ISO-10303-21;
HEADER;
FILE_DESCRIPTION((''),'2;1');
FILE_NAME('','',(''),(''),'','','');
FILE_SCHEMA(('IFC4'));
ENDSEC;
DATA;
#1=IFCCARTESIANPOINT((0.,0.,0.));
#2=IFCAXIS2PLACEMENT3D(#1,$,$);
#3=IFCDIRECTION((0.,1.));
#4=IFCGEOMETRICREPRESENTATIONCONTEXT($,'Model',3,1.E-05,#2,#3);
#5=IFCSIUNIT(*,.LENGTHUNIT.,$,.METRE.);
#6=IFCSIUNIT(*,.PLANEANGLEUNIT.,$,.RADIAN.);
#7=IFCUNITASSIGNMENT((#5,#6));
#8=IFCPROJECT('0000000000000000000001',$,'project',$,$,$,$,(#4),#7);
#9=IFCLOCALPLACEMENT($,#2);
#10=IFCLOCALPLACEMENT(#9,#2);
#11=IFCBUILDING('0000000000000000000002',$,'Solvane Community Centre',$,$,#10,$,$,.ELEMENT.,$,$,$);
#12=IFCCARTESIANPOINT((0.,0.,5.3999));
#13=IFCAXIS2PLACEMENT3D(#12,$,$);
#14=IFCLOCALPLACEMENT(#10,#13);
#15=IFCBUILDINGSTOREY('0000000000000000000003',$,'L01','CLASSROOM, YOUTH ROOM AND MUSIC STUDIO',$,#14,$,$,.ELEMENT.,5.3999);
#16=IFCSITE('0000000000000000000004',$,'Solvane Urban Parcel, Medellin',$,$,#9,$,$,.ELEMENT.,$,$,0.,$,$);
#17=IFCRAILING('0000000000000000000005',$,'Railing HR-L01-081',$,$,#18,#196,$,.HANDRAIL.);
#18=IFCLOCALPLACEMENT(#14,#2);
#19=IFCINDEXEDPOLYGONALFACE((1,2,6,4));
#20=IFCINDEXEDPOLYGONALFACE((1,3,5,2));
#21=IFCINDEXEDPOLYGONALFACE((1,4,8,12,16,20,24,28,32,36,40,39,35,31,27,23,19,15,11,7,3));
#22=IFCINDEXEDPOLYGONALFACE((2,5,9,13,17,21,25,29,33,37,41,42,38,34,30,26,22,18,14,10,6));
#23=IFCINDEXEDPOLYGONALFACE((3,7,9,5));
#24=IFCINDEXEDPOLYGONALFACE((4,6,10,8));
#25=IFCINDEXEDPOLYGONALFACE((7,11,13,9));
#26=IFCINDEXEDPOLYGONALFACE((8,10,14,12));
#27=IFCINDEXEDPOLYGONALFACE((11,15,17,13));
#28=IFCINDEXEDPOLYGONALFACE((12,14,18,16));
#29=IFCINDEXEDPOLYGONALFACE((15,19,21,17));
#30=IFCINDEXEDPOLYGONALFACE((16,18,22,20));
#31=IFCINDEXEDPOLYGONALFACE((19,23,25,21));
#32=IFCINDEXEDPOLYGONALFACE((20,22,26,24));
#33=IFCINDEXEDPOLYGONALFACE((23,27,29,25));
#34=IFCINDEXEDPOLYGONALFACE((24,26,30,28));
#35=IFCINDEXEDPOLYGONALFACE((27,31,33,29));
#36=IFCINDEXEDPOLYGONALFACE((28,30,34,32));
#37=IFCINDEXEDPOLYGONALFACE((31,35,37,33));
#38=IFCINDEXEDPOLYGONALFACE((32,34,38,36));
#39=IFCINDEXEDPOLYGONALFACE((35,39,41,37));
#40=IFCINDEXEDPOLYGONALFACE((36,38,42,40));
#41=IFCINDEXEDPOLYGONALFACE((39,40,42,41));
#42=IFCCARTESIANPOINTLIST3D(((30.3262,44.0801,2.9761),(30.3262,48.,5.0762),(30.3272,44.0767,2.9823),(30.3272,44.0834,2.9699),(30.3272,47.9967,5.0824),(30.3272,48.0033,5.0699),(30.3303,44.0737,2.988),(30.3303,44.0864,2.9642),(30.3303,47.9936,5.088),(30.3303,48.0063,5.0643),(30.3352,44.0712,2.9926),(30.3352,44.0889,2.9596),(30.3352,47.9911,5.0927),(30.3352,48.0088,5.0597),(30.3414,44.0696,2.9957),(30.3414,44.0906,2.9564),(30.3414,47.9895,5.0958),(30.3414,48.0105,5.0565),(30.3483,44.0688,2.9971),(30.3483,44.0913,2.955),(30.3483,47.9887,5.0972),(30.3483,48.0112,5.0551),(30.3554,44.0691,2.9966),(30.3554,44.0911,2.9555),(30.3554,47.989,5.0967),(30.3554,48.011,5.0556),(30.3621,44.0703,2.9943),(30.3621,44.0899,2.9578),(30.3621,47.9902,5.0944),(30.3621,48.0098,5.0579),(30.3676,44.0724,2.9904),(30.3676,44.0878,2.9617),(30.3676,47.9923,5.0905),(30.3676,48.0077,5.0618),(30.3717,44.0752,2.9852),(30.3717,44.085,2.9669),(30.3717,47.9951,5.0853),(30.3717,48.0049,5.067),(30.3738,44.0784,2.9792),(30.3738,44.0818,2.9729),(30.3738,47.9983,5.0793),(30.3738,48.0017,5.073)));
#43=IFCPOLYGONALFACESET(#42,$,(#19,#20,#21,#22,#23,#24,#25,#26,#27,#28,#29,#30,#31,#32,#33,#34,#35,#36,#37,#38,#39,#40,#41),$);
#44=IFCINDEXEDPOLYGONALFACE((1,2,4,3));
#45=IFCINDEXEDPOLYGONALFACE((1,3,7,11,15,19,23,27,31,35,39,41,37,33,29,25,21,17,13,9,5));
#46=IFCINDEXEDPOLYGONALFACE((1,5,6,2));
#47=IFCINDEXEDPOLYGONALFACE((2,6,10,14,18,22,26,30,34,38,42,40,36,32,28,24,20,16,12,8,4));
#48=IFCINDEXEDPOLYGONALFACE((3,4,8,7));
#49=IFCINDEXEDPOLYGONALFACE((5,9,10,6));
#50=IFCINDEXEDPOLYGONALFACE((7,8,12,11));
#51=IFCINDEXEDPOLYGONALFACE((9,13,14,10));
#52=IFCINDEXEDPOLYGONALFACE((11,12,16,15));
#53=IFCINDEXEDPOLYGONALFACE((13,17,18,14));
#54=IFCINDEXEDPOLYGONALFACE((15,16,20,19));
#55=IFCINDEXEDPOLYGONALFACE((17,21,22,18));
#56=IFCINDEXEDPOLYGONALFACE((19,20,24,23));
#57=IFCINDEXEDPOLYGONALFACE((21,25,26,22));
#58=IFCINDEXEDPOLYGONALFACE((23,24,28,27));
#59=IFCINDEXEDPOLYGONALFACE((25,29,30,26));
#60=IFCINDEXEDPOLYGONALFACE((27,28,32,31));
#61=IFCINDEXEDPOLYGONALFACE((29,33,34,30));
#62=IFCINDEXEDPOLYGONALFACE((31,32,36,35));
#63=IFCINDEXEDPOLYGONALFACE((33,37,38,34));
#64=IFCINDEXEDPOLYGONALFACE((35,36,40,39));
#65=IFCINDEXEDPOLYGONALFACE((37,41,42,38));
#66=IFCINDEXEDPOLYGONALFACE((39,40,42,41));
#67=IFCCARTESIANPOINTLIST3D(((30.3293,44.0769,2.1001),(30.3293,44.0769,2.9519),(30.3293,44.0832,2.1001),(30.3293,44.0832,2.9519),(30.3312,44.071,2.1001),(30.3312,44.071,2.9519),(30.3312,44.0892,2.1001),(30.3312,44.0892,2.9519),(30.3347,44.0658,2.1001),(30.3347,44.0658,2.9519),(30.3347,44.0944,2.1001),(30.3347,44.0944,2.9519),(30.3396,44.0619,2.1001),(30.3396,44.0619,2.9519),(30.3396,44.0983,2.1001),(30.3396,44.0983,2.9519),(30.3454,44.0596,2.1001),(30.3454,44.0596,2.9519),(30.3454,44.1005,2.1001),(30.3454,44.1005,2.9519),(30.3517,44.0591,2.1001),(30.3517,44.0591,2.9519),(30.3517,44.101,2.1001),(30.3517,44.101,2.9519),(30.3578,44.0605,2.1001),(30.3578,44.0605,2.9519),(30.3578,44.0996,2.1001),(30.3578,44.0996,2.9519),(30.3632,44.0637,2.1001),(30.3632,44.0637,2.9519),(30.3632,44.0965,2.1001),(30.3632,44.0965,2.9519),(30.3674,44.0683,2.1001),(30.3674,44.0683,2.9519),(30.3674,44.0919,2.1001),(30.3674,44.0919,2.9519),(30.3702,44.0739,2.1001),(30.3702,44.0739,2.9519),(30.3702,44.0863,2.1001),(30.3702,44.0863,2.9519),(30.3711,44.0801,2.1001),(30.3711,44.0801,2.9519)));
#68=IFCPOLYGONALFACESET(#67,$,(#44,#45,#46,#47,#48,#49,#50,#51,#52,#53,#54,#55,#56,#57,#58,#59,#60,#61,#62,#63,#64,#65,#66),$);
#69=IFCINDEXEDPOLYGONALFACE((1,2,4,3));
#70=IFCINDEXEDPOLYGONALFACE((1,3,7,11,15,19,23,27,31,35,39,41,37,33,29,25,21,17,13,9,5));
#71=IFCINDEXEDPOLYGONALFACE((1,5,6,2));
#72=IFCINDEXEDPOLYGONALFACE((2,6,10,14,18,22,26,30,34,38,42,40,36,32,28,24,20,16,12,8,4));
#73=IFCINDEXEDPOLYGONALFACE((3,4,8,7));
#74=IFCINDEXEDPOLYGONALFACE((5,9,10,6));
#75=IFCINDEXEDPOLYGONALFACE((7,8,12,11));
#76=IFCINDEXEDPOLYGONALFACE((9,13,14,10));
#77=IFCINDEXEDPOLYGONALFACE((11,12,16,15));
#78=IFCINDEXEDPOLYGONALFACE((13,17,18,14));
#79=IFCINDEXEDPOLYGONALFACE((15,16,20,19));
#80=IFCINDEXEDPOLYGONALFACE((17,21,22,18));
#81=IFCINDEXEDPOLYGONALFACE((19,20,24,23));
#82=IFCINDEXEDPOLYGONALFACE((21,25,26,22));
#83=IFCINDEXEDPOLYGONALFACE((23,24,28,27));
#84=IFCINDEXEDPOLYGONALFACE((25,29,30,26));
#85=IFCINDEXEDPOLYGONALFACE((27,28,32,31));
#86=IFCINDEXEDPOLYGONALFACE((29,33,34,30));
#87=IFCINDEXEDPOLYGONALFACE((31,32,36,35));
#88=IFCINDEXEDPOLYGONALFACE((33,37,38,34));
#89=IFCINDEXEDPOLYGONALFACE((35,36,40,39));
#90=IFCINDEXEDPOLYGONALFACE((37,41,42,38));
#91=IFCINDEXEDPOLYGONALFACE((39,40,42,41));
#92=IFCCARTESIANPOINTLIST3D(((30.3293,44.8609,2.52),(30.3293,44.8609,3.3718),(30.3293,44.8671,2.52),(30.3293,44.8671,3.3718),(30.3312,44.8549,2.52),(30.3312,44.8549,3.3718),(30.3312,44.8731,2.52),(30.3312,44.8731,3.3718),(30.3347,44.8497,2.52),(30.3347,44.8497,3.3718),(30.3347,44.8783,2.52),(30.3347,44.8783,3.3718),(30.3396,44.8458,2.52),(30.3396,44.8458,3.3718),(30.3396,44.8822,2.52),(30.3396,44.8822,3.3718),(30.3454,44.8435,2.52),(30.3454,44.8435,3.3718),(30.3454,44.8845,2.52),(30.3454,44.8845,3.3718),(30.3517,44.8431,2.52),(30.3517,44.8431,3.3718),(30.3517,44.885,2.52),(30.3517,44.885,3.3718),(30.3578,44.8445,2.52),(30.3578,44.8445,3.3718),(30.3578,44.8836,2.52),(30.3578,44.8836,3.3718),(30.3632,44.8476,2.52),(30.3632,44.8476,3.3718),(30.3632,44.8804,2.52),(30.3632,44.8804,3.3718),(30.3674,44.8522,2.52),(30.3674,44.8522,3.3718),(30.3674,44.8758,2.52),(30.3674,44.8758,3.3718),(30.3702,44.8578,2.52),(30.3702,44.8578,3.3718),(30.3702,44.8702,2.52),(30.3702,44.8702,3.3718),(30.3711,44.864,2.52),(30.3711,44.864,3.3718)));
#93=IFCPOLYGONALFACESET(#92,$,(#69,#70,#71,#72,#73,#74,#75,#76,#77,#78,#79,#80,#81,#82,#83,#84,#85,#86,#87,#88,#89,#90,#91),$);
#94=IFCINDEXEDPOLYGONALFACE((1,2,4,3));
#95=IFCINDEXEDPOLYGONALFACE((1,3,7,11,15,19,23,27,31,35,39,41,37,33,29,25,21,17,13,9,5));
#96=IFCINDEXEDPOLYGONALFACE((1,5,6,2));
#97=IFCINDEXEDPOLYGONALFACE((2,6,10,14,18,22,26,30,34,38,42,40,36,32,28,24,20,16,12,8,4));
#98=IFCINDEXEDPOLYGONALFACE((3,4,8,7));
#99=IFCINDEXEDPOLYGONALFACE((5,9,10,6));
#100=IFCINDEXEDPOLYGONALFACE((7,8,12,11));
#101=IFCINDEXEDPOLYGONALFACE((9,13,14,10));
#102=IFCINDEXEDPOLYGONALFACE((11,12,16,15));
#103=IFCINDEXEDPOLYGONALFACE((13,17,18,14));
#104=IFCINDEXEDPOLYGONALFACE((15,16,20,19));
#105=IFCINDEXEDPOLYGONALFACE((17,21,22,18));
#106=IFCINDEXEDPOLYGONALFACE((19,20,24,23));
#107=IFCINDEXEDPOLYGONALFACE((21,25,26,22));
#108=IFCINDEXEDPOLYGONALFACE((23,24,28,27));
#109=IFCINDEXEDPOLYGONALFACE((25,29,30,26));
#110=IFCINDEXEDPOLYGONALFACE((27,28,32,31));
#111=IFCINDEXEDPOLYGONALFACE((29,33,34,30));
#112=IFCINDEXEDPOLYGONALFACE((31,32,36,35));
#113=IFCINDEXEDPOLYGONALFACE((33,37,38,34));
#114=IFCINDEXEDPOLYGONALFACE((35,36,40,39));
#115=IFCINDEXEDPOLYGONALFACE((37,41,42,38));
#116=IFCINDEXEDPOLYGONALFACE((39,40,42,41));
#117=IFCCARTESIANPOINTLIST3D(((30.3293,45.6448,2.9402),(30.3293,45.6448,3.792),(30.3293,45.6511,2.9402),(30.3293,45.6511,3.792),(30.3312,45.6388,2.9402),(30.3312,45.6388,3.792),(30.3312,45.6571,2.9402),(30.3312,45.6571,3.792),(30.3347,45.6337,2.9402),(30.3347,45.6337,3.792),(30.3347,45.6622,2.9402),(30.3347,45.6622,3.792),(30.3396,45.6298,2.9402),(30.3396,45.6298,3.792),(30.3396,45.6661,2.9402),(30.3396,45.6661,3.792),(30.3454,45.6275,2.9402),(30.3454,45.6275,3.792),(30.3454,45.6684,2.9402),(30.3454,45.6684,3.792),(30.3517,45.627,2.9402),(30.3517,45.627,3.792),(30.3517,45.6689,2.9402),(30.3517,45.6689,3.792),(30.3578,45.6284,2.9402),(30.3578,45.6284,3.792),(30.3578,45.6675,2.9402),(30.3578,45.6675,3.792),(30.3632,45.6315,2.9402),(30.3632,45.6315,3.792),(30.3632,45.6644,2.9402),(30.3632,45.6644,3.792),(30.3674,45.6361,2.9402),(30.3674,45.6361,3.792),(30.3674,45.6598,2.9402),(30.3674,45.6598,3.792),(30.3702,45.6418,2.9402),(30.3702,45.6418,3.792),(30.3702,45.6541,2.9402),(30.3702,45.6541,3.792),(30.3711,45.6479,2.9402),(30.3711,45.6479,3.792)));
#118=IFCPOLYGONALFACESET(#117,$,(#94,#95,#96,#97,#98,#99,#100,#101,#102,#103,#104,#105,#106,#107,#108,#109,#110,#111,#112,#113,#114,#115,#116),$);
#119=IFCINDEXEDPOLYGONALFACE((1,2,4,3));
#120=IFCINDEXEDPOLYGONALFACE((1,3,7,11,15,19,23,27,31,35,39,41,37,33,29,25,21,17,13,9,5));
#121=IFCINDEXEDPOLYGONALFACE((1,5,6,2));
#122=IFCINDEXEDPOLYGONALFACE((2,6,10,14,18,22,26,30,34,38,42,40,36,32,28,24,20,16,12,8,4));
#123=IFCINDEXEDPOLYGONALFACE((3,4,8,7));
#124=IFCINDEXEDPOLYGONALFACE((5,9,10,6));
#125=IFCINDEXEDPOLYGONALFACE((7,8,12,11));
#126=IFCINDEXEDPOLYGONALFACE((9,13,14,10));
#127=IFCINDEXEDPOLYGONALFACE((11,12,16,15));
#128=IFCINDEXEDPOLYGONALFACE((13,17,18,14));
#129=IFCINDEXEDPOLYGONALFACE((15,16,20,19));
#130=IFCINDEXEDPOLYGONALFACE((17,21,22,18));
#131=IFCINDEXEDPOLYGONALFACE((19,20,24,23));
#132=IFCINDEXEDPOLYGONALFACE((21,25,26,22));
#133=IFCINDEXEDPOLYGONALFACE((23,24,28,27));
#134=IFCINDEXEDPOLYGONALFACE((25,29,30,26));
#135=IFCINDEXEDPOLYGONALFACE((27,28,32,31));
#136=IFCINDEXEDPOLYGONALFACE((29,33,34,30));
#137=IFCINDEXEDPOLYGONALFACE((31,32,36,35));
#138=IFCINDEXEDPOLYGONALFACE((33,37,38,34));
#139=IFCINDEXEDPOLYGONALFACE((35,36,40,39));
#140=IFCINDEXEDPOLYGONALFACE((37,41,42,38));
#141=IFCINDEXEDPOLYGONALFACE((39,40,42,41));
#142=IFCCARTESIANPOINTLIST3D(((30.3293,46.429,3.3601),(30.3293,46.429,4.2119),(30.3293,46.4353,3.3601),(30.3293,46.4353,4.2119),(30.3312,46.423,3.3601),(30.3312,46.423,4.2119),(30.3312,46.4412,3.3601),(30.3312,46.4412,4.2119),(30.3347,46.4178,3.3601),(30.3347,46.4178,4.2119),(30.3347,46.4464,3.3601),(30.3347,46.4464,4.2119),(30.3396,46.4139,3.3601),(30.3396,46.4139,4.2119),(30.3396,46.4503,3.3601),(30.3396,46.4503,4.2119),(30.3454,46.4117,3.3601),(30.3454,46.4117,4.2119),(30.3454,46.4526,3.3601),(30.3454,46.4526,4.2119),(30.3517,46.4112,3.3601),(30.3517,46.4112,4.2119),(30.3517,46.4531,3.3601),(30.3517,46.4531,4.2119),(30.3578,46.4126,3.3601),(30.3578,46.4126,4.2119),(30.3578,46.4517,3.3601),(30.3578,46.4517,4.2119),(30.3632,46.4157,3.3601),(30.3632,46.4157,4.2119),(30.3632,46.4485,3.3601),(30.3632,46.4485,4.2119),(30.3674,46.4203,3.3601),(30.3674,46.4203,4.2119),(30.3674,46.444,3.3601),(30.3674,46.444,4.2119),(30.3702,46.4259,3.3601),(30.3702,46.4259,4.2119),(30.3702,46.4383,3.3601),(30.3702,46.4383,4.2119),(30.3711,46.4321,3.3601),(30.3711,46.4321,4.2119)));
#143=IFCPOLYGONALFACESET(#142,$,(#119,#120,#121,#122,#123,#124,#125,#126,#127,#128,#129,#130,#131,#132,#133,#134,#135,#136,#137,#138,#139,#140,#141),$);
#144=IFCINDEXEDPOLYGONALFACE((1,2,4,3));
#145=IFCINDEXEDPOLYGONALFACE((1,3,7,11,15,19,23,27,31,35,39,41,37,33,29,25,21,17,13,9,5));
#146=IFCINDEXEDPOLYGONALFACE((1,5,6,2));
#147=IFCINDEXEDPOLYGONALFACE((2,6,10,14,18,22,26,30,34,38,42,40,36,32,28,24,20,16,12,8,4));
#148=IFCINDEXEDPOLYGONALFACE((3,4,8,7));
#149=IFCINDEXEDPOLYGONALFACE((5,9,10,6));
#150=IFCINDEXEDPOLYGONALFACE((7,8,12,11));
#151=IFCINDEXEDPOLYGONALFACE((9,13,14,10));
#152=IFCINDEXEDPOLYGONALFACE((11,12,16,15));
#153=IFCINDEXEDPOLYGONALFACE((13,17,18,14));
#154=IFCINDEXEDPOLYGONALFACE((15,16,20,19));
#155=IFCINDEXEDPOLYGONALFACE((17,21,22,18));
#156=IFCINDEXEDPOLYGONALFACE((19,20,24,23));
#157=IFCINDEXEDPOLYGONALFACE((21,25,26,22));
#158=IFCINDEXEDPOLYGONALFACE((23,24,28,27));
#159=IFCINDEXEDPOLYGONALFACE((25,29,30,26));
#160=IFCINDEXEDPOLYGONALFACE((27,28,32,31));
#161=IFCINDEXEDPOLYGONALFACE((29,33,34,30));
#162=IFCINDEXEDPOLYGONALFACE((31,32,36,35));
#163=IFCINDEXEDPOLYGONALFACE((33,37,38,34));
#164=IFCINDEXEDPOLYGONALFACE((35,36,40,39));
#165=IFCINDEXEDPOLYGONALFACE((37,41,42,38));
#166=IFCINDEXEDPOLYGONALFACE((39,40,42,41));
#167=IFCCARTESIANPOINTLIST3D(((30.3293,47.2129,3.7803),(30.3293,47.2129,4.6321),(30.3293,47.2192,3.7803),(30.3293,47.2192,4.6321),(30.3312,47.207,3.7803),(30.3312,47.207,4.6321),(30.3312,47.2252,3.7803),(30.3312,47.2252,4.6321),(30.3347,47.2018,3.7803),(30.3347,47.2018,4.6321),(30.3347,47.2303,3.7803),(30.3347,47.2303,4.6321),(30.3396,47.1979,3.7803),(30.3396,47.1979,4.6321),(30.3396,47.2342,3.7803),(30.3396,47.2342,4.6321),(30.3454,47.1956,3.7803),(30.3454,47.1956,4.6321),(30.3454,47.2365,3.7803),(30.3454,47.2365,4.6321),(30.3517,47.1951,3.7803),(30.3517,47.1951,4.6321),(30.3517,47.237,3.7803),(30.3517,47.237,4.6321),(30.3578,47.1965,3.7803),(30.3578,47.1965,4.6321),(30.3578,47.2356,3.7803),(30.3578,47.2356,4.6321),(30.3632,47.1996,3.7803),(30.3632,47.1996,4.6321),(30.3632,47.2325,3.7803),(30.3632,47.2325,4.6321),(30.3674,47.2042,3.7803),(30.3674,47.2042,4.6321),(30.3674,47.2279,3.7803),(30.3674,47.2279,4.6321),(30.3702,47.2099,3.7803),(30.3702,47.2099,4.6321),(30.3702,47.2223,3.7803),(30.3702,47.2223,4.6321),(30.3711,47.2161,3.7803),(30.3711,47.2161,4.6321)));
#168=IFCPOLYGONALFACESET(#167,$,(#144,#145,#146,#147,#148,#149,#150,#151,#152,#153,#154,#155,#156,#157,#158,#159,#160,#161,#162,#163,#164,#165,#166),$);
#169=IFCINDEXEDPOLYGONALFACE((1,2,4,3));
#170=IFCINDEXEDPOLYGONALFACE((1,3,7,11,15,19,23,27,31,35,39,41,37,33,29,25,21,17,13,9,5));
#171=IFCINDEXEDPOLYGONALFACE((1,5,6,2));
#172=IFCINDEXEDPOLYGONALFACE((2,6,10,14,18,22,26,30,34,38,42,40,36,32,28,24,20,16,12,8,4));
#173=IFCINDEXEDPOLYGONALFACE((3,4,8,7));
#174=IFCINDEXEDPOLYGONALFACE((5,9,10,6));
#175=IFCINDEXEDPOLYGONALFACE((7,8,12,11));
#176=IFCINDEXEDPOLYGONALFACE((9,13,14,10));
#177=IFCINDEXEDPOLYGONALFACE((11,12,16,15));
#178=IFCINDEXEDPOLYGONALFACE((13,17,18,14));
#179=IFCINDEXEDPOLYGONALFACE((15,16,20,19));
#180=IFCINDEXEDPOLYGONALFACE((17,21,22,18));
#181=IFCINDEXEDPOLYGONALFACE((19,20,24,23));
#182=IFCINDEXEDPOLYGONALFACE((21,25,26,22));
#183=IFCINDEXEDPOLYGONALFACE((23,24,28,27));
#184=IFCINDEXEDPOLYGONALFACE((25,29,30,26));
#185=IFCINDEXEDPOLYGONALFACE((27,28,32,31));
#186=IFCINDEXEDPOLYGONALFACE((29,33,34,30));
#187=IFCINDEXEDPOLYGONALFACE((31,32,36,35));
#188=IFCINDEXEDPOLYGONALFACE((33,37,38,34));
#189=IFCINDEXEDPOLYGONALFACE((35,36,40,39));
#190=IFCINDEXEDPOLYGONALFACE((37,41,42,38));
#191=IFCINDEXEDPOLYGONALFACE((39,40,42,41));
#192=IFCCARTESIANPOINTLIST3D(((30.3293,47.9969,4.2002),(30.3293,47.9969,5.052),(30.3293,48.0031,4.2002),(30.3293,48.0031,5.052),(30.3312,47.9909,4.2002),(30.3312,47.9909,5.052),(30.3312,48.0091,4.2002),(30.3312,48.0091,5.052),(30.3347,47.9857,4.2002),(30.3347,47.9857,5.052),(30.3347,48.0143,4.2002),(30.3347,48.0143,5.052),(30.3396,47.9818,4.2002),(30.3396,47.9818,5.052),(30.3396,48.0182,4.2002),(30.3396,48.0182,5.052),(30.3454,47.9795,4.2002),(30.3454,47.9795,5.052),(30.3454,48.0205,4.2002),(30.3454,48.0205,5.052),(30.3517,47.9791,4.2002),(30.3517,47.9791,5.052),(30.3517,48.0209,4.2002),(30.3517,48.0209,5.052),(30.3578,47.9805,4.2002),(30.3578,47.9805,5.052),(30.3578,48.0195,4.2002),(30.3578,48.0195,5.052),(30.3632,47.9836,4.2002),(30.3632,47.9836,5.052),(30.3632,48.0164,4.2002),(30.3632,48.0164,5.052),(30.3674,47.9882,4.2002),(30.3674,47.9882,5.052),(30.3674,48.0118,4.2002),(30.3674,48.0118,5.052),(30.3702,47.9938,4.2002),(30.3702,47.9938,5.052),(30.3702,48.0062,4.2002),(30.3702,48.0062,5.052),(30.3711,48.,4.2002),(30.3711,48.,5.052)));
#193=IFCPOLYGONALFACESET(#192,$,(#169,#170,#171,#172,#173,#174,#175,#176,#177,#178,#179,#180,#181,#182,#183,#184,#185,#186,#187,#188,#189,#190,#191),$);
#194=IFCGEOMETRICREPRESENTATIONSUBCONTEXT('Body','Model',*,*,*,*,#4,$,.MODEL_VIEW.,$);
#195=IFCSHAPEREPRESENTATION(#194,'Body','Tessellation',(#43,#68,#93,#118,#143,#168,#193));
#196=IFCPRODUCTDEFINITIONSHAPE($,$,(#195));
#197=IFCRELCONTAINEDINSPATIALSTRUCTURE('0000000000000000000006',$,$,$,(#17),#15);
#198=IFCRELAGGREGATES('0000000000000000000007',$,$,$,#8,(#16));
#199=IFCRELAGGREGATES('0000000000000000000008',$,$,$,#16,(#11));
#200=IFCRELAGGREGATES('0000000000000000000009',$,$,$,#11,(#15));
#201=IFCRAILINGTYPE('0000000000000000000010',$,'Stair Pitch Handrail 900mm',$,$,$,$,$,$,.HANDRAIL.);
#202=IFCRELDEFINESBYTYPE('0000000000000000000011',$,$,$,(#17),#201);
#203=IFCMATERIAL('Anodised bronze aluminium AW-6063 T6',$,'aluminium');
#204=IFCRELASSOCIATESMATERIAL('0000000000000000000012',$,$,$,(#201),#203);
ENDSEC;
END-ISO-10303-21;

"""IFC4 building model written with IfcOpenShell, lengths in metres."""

from ifc_helpers import new_model, si_unit, direction, frame, origin, origin_2d, place, context, subcontext, project, spatial, circle, extrude, material, type_object, element, save


model = new_model("IFC4")

# Units and contexts
model_context = context("Model", 3, precision=1e-05, world=origin(), true_north=direction((0.0, 1.0)))
body_context = subcontext(model_context, "Body", "Model", "MODEL_VIEW")
ifc_project = project(units=[si_unit("LENGTHUNIT", "METRE"), si_unit("PLANEANGLEUNIT", "RADIAN")], contexts=[model_context])

# Site, building, storey
site_placement = place(None, origin())
site = spatial("IfcSite", under=ifc_project, at=site_placement, Name="Solvane Urban Parcel, Medellin", CompositionType="ELEMENT", RefElevation=0.0)
building_placement = place(site_placement, origin())
building = spatial("IfcBuilding", under=site, at=building_placement, Name="Solvane Community Centre", CompositionType="ELEMENT")
storey_placement = place(building_placement, frame((0.0, 0.0, 5.3999)))
storey = spatial("IfcBuildingStorey", under=building, at=storey_placement, Name="L01", Description="CLASSROOM, YOUTH ROOM AND MUSIC STUDIO", CompositionType="ELEMENT", Elevation=5.3999)

# Shared definitions
ifc_material_1 = material(Name="Anodised bronze aluminium AW-6063 T6", Category="aluminium")

# Railing
railing_type_1 = type_object("IfcRailingType", Name="Stair Pitch Handrail 900mm", PredefinedType="HANDRAIL", material=ifc_material_1)
railing_1_placement = place(storey_placement, frame((30.3501, 44.0801, 2.1001)))
element("IfcRailing", 1, at=railing_1_placement, inside=storey, type_object=railing_type_1, Name="Railing HR-L01-081", PredefinedType="HANDRAIL", context=body_context, shape_type="SweptSolid", body=[
    extrude(circle(Radius=0.0239, at=origin_2d()), frame((0.0, 0.0, 0.876), z_axis=(0.0, 0.881467, 0.472246), x_axis=(-1.0, 0.0, 0.0)), (0.0, 0.0, 1.0), 4.447),
    extrude(circle(Radius=0.021, at=origin_2d()), origin(), (0.0, 0.0, 1.0), 0.8518),
    extrude(circle(Radius=0.021, at=origin_2d()), frame((0.0, 0.7839, 0.4199)), (0.0, 0.0, 1.0), 0.8518),
    extrude(circle(Radius=0.021, at=origin_2d()), frame((0.0, 1.5679, 0.8401)), (0.0, 0.0, 1.0), 0.8518),
    extrude(circle(Radius=0.021, at=origin_2d()), frame((0.0, 2.3521, 1.26)), (0.0, 0.0, 1.0), 0.8518),
    extrude(circle(Radius=0.021, at=origin_2d()), frame((0.0, 3.136, 1.6802)), (0.0, 0.0, 1.0), 0.8518),
    extrude(circle(Radius=0.021, at=origin_2d()), frame((0.0, 3.9199, 2.1001)), (0.0, 0.0, 1.0), 0.8518),
])

save(model, "model.ifc")
